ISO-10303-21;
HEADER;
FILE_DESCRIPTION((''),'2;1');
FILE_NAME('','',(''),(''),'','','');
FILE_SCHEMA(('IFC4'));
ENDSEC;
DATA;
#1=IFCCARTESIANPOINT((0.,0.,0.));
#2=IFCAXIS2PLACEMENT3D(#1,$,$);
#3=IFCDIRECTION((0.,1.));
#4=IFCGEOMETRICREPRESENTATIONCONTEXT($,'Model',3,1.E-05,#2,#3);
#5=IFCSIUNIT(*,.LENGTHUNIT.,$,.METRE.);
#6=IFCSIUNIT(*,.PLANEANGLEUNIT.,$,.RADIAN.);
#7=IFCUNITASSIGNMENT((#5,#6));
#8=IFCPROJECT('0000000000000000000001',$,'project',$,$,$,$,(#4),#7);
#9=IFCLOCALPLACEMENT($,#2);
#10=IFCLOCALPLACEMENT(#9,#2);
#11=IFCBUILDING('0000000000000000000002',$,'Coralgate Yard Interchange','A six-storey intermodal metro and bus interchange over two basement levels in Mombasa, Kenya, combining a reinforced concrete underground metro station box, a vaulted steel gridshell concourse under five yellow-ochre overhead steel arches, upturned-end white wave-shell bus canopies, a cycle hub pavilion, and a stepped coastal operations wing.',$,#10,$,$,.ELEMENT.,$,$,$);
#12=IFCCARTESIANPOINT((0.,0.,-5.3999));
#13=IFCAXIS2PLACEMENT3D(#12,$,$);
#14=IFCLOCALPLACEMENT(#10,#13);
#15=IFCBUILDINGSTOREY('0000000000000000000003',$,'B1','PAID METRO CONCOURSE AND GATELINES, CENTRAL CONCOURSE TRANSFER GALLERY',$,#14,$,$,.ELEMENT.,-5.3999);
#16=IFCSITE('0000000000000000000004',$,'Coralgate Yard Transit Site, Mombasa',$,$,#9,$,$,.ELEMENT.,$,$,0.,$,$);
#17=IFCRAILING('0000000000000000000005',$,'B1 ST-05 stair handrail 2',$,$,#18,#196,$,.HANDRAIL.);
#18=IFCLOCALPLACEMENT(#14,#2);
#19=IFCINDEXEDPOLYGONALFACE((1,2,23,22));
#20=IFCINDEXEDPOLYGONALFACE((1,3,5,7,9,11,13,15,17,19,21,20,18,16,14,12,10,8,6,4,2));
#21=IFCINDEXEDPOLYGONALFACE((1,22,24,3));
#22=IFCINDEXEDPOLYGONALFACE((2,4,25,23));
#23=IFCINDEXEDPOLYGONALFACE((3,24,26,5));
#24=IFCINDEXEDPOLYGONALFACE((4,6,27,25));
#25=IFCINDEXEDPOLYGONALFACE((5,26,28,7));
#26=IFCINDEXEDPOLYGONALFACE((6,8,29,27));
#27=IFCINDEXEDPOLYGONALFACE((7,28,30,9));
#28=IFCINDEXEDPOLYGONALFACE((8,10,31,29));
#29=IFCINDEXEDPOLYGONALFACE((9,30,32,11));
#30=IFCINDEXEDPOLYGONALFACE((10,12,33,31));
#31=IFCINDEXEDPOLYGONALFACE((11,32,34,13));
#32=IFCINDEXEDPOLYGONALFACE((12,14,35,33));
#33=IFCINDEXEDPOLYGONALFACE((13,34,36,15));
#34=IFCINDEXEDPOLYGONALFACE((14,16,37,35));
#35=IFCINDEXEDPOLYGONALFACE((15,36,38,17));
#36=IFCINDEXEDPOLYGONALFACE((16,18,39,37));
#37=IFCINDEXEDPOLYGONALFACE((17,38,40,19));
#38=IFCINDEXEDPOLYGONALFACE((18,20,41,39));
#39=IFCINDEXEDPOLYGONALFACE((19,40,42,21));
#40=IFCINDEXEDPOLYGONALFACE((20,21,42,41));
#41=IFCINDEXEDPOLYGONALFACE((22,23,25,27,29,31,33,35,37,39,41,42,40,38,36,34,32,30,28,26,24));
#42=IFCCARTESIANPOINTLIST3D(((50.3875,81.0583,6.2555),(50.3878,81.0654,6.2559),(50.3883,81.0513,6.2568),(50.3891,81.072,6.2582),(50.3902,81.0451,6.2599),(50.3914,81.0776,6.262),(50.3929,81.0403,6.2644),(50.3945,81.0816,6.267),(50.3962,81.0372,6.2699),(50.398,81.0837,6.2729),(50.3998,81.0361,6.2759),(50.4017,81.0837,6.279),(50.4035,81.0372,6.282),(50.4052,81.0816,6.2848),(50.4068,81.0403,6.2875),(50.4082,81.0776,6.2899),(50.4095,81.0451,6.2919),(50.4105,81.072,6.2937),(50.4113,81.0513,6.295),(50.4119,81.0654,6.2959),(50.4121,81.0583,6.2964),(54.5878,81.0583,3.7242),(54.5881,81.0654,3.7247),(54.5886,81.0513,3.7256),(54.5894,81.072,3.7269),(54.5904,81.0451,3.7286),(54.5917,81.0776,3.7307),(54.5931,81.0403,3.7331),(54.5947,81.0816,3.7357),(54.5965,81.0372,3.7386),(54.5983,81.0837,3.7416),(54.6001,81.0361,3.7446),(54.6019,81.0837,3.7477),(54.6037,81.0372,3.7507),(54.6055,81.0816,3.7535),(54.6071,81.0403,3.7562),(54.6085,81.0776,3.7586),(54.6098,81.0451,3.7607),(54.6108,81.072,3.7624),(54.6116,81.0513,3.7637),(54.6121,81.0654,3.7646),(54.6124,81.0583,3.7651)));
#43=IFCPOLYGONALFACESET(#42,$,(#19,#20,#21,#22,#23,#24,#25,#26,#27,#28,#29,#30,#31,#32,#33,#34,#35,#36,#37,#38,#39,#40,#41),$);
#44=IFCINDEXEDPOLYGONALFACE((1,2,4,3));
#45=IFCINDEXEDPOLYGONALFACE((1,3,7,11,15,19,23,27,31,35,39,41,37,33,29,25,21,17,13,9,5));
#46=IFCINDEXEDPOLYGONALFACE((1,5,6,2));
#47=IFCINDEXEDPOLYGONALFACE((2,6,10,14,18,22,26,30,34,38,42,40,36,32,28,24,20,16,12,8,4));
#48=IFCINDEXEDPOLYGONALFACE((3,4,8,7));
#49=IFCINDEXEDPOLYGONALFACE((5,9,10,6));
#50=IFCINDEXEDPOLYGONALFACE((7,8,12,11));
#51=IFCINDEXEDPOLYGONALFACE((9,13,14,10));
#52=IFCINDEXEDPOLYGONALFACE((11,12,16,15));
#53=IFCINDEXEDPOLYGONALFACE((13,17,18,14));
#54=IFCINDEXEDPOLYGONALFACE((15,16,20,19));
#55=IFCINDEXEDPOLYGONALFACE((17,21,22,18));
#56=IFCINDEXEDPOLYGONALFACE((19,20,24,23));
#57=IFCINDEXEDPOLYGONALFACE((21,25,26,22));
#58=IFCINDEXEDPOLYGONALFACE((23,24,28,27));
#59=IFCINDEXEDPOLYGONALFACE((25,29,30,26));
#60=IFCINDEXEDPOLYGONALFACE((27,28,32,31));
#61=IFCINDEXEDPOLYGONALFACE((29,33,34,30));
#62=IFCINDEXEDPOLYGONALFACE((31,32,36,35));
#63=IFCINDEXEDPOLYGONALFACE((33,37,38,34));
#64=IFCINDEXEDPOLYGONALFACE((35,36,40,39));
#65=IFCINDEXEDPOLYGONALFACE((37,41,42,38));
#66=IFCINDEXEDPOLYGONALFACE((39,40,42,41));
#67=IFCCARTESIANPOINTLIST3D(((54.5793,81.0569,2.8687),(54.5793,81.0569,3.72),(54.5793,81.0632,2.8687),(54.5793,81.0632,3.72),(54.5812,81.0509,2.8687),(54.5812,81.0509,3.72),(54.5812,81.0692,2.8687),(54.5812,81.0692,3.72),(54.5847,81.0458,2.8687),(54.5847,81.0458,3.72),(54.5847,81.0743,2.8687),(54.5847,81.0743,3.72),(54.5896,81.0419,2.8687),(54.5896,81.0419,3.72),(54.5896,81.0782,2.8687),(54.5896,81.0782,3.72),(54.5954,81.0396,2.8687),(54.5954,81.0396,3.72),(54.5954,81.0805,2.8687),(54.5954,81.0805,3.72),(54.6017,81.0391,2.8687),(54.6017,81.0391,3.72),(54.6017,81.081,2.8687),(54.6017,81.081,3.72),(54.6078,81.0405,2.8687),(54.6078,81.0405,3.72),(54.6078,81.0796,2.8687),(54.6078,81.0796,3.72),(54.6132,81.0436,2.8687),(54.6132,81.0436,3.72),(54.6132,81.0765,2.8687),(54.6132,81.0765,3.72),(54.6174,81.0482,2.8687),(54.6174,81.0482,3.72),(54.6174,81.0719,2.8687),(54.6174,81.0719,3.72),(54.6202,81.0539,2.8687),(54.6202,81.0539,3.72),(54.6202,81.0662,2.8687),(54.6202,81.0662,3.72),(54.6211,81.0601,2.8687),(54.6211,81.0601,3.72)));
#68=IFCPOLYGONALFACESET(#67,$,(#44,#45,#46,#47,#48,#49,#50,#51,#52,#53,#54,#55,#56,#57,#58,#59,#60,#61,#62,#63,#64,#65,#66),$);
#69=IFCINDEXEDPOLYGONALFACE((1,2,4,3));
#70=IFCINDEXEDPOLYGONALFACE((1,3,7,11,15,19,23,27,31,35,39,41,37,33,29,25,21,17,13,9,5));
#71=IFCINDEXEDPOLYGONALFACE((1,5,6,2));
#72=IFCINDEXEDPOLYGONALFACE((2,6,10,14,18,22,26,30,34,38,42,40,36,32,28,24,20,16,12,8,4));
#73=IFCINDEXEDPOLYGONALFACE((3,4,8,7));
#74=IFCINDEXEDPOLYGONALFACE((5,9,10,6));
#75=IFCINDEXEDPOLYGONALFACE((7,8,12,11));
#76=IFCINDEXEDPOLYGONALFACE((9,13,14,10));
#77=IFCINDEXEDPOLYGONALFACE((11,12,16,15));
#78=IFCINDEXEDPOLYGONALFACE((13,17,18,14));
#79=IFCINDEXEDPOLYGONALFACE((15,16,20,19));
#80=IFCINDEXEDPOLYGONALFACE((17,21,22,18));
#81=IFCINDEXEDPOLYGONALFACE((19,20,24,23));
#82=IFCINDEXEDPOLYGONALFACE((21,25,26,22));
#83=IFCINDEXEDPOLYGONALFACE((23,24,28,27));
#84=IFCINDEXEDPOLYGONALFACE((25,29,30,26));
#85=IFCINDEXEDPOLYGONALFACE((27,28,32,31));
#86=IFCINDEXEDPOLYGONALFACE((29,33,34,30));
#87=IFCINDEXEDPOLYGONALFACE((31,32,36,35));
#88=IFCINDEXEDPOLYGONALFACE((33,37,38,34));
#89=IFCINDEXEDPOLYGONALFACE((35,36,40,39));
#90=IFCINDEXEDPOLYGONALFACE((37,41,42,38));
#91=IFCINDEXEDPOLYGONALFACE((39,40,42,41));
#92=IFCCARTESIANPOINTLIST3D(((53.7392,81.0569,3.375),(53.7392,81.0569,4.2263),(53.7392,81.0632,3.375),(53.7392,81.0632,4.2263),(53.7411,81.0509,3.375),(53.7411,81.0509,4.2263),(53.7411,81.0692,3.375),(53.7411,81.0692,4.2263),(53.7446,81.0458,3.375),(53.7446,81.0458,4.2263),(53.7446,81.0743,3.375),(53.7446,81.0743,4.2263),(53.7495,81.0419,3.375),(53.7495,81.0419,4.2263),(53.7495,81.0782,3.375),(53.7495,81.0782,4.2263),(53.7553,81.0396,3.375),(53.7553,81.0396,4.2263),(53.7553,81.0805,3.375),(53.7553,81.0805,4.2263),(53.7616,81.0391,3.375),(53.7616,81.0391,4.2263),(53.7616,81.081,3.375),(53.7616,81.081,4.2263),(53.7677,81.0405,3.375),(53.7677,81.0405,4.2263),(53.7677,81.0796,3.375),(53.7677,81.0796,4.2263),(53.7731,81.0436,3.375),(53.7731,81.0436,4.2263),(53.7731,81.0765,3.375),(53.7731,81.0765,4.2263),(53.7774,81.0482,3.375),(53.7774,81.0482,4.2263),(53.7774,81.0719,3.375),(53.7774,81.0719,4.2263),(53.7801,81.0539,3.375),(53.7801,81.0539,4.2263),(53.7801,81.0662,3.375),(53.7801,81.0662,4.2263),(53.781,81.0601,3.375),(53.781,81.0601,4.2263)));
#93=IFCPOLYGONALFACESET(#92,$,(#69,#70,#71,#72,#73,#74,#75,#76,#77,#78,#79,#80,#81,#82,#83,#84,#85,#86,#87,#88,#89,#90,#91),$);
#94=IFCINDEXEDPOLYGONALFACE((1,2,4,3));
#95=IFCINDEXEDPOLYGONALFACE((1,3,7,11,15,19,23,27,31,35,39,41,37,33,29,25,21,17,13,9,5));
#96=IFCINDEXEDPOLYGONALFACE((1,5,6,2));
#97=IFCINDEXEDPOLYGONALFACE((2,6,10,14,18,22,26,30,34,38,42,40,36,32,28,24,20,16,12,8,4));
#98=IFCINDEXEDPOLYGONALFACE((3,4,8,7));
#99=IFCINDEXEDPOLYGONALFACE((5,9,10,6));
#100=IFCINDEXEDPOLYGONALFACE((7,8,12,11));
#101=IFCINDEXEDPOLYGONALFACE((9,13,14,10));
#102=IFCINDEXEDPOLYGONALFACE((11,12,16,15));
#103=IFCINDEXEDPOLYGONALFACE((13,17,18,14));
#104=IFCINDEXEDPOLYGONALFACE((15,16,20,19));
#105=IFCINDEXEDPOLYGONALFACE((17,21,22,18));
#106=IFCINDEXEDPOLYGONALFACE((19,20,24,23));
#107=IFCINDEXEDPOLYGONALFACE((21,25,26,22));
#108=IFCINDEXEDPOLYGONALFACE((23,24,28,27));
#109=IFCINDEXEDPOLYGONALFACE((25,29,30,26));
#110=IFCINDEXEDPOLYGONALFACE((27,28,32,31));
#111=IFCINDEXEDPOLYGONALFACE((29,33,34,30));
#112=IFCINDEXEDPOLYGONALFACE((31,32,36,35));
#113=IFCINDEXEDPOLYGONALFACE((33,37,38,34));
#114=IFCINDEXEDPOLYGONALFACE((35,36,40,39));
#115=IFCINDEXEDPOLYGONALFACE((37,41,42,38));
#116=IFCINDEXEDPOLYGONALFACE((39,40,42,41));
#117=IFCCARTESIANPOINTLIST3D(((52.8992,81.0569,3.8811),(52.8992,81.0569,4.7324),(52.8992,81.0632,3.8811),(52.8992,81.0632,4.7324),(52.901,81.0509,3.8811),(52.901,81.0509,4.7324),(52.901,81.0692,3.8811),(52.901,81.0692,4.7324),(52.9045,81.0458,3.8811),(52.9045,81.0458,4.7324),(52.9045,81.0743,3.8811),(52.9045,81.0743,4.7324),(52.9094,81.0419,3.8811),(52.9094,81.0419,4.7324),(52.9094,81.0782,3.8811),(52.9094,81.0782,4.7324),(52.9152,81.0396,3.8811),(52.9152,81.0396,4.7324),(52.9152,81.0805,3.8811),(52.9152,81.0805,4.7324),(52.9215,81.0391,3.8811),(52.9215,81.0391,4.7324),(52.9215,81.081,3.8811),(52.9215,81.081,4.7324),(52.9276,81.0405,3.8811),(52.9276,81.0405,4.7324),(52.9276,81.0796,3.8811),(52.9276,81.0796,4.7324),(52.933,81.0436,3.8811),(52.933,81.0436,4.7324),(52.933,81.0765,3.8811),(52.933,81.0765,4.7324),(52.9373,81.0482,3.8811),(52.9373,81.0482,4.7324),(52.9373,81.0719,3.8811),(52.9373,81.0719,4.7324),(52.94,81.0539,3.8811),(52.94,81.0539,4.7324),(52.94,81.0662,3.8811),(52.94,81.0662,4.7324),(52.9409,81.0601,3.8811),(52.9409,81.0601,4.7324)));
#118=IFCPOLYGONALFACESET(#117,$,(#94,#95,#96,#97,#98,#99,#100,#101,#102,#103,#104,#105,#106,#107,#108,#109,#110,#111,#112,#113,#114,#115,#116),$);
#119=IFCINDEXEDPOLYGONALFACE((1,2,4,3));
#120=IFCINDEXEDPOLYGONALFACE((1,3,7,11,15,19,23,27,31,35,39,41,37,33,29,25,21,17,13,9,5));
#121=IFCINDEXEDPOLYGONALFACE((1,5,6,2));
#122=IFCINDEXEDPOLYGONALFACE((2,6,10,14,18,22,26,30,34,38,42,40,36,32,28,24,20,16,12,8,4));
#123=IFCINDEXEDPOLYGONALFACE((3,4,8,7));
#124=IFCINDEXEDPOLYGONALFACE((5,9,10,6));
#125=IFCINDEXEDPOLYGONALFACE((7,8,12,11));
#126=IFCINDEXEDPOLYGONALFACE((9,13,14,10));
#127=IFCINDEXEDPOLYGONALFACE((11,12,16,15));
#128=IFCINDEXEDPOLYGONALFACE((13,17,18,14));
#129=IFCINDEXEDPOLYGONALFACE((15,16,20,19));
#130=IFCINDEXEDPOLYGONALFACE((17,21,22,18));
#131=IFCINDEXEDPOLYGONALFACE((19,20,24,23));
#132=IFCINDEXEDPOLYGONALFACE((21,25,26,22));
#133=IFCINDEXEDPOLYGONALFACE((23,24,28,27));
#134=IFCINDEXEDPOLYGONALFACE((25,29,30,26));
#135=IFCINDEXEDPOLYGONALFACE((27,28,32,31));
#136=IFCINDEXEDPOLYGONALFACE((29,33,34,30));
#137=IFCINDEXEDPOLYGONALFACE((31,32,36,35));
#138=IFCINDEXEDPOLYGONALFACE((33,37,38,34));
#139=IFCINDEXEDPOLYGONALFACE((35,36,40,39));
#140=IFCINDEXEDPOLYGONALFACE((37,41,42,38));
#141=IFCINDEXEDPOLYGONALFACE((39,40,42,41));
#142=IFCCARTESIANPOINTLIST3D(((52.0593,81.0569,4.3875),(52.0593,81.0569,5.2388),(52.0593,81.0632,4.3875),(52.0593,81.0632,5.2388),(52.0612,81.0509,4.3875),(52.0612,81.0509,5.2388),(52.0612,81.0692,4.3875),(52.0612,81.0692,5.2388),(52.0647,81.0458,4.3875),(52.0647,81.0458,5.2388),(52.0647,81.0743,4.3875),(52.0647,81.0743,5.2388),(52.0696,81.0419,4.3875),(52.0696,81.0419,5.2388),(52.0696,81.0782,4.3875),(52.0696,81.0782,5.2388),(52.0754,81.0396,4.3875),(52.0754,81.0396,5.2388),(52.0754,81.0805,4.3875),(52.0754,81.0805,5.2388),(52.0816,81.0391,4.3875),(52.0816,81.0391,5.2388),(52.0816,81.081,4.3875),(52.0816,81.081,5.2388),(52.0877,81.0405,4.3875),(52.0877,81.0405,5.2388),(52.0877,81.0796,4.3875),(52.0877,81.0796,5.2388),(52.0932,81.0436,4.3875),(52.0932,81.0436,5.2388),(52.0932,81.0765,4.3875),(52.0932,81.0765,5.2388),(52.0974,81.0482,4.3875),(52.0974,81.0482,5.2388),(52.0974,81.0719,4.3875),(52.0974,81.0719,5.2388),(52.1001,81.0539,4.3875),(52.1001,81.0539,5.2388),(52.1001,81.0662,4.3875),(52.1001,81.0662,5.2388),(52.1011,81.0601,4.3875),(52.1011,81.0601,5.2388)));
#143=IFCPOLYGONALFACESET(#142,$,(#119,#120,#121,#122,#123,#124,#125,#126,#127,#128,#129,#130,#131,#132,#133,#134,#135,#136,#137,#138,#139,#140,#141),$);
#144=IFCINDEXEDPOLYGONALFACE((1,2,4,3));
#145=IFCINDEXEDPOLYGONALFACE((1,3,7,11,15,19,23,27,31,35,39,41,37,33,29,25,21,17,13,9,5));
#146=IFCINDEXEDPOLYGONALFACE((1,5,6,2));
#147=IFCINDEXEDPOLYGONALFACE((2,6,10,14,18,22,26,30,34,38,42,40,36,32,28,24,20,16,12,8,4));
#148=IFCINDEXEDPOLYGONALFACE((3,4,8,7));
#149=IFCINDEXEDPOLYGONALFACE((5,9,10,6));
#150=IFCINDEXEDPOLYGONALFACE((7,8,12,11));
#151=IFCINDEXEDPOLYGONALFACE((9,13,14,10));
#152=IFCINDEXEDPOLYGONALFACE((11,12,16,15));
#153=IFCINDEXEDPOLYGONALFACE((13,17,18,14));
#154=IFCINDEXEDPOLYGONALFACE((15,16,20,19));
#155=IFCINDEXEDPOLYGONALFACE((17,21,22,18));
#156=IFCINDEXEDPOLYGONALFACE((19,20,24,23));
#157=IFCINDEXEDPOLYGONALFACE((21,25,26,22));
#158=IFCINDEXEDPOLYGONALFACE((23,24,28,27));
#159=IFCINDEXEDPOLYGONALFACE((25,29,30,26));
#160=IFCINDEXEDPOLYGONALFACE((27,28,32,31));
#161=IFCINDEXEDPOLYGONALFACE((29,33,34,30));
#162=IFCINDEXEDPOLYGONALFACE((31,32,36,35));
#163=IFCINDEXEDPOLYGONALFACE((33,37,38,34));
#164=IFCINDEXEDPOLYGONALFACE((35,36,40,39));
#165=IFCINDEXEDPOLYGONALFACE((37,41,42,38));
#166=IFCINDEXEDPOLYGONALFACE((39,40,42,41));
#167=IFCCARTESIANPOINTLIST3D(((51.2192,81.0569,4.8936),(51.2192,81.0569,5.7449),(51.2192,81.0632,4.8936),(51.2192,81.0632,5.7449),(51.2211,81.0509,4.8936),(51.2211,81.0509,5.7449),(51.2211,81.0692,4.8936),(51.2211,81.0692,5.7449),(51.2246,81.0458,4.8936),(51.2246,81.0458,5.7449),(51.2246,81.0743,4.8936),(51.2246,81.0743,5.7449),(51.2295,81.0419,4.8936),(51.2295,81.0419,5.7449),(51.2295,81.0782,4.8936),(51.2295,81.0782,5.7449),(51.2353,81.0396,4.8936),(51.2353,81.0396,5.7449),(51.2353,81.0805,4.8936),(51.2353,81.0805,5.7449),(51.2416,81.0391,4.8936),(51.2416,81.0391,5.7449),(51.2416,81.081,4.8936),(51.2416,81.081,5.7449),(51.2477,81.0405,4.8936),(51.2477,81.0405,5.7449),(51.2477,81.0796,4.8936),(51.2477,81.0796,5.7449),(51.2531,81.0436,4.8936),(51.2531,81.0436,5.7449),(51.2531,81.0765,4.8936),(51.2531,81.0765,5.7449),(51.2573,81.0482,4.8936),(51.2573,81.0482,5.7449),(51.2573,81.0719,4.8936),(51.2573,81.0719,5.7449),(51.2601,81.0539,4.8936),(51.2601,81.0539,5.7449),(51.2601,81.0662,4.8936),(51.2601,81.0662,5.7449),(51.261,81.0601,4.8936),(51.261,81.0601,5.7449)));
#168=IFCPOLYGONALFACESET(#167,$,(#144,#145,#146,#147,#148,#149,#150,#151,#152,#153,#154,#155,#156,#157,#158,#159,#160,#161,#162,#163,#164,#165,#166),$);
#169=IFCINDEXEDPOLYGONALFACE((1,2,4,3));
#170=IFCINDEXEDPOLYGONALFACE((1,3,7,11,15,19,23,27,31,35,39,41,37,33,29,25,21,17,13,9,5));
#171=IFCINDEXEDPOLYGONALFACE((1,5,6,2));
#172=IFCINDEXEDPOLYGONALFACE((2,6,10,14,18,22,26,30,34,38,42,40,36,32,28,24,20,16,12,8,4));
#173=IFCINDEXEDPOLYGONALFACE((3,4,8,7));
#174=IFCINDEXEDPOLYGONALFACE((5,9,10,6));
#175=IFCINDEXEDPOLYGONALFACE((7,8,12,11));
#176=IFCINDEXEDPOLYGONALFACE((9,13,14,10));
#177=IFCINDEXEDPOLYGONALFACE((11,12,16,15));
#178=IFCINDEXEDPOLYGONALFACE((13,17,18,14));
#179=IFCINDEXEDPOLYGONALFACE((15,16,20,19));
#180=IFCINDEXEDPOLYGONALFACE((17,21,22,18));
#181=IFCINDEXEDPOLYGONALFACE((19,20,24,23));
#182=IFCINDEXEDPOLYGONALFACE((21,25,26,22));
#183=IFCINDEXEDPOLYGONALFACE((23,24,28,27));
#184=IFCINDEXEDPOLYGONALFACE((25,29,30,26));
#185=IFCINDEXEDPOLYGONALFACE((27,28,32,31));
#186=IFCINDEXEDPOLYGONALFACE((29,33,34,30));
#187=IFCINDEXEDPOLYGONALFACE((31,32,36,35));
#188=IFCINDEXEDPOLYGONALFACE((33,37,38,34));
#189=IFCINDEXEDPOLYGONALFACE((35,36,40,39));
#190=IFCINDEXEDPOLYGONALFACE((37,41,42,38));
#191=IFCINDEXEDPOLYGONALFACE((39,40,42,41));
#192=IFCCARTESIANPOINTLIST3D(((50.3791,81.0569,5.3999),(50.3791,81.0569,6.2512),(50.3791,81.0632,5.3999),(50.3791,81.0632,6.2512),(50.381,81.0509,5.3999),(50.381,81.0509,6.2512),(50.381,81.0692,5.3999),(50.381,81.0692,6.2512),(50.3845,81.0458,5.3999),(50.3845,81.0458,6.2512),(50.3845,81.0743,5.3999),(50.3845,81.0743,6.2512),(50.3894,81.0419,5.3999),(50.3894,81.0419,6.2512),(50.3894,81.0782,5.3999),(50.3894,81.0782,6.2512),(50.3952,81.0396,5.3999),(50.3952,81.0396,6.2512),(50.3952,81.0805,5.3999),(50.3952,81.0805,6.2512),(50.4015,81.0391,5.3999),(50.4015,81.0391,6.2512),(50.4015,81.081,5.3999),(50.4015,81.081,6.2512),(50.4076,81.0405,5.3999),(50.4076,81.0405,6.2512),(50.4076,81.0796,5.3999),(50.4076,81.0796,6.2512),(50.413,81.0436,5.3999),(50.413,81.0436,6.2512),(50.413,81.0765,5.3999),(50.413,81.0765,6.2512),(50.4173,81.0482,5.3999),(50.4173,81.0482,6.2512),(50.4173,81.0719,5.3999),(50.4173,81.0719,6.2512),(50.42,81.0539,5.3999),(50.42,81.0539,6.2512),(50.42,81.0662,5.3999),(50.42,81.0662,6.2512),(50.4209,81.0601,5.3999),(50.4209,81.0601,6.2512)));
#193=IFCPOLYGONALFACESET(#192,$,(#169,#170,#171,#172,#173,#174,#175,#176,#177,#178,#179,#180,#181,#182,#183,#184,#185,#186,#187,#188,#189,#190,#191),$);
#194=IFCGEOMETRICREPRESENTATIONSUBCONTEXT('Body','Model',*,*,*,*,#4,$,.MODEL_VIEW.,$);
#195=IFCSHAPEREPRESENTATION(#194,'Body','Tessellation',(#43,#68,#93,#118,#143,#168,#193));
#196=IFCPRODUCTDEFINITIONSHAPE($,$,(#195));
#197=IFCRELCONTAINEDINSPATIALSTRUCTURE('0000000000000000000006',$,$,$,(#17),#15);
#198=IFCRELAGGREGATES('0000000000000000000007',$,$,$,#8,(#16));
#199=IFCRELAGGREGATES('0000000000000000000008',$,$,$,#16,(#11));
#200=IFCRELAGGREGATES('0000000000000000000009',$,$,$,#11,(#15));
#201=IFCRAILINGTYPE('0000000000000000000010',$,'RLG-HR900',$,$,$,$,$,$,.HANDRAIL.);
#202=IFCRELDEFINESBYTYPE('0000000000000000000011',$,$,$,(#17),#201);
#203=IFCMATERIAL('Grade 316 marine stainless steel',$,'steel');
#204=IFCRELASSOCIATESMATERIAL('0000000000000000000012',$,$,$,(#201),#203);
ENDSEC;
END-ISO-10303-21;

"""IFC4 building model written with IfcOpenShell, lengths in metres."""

from ifc_helpers import new_model, si_unit, direction, frame, origin, origin_2d, place, context, subcontext, project, spatial, circle, extrude, material, type_object, element, save


model = new_model("IFC4")

# Units and contexts
model_context = context("Model", 3, precision=1e-05, world=origin(), true_north=direction((0.0, 1.0)))
body_context = subcontext(model_context, "Body", "Model", "MODEL_VIEW")
ifc_project = project(units=[si_unit("LENGTHUNIT", "METRE"), si_unit("PLANEANGLEUNIT", "RADIAN")], contexts=[model_context])

# Site, building, storey
site_placement = place(None, origin())
site = spatial("IfcSite", under=ifc_project, at=site_placement, Name="Coralgate Yard Transit Site, Mombasa", CompositionType="ELEMENT", RefElevation=0.0)
building_placement = place(site_placement, origin())
building = spatial("IfcBuilding", under=site, at=building_placement, Name="Coralgate Yard Interchange", Description="A six-storey intermodal metro and bus interchange over two basement levels in Mombasa, Kenya, combining a reinforced concrete underground metro station box, a vaulted steel gridshell concourse under five yellow-ochre overhead steel arches, upturned-end white wave-shell bus canopies, a cycle hub pavilion, and a stepped coastal operations wing.", CompositionType="ELEMENT")
storey_placement = place(building_placement, frame((0.0, 0.0, -5.3999)))
storey = spatial("IfcBuildingStorey", under=building, at=storey_placement, Name="B1", Description="PAID METRO CONCOURSE AND GATELINES, CENTRAL CONCOURSE TRANSFER GALLERY", CompositionType="ELEMENT", Elevation=-5.3999)

# Railing
ifc_material_1 = material(Name="Grade 316 marine stainless steel", Category="steel")
railing_type_1 = type_object("IfcRailingType", Name="RLG-HR900", PredefinedType="HANDRAIL", material=ifc_material_1)
railing_1_placement = place(storey_placement, frame((54.6001, 81.0601, 2.8687)))
element("IfcRailing", 1, at=railing_1_placement, inside=storey, type_object=railing_type_1, Name="B1 ST-05 stair handrail 2", PredefinedType="HANDRAIL", context=body_context, shape_type="SweptSolid", body=[
    extrude(circle(Radius=0.0239, at=origin_2d()), frame((0.0, 0.0, 0.876), z_axis=(-0.85649, 0.0, 0.516164), x_axis=(0.0, -1.0, 0.0)), (0.0, 0.0, 1.0), 4.9041),
    extrude(circle(Radius=0.021, at=origin_2d()), origin(), (0.0, 0.0, 1.0), 0.8513),
    extrude(circle(Radius=0.021, at=origin_2d()), frame((-0.8401, 0.0, 0.5063)), (0.0, 0.0, 1.0), 0.8513),
    extrude(circle(Radius=0.021, at=origin_2d()), frame((-1.6802, 0.0, 1.0125)), (0.0, 0.0, 1.0), 0.8513),
    extrude(circle(Radius=0.021, at=origin_2d()), frame((-2.52, 0.0, 1.5188)), (0.0, 0.0, 1.0), 0.8513),
    extrude(circle(Radius=0.021, at=origin_2d()), frame((-3.3601, 0.0, 2.0249)), (0.0, 0.0, 1.0), 0.8513),
    extrude(circle(Radius=0.021, at=origin_2d()), frame((-4.2002, 0.0, 2.5312)), (0.0, 0.0, 1.0), 0.8513),
])

save(model, "model.ifc")
